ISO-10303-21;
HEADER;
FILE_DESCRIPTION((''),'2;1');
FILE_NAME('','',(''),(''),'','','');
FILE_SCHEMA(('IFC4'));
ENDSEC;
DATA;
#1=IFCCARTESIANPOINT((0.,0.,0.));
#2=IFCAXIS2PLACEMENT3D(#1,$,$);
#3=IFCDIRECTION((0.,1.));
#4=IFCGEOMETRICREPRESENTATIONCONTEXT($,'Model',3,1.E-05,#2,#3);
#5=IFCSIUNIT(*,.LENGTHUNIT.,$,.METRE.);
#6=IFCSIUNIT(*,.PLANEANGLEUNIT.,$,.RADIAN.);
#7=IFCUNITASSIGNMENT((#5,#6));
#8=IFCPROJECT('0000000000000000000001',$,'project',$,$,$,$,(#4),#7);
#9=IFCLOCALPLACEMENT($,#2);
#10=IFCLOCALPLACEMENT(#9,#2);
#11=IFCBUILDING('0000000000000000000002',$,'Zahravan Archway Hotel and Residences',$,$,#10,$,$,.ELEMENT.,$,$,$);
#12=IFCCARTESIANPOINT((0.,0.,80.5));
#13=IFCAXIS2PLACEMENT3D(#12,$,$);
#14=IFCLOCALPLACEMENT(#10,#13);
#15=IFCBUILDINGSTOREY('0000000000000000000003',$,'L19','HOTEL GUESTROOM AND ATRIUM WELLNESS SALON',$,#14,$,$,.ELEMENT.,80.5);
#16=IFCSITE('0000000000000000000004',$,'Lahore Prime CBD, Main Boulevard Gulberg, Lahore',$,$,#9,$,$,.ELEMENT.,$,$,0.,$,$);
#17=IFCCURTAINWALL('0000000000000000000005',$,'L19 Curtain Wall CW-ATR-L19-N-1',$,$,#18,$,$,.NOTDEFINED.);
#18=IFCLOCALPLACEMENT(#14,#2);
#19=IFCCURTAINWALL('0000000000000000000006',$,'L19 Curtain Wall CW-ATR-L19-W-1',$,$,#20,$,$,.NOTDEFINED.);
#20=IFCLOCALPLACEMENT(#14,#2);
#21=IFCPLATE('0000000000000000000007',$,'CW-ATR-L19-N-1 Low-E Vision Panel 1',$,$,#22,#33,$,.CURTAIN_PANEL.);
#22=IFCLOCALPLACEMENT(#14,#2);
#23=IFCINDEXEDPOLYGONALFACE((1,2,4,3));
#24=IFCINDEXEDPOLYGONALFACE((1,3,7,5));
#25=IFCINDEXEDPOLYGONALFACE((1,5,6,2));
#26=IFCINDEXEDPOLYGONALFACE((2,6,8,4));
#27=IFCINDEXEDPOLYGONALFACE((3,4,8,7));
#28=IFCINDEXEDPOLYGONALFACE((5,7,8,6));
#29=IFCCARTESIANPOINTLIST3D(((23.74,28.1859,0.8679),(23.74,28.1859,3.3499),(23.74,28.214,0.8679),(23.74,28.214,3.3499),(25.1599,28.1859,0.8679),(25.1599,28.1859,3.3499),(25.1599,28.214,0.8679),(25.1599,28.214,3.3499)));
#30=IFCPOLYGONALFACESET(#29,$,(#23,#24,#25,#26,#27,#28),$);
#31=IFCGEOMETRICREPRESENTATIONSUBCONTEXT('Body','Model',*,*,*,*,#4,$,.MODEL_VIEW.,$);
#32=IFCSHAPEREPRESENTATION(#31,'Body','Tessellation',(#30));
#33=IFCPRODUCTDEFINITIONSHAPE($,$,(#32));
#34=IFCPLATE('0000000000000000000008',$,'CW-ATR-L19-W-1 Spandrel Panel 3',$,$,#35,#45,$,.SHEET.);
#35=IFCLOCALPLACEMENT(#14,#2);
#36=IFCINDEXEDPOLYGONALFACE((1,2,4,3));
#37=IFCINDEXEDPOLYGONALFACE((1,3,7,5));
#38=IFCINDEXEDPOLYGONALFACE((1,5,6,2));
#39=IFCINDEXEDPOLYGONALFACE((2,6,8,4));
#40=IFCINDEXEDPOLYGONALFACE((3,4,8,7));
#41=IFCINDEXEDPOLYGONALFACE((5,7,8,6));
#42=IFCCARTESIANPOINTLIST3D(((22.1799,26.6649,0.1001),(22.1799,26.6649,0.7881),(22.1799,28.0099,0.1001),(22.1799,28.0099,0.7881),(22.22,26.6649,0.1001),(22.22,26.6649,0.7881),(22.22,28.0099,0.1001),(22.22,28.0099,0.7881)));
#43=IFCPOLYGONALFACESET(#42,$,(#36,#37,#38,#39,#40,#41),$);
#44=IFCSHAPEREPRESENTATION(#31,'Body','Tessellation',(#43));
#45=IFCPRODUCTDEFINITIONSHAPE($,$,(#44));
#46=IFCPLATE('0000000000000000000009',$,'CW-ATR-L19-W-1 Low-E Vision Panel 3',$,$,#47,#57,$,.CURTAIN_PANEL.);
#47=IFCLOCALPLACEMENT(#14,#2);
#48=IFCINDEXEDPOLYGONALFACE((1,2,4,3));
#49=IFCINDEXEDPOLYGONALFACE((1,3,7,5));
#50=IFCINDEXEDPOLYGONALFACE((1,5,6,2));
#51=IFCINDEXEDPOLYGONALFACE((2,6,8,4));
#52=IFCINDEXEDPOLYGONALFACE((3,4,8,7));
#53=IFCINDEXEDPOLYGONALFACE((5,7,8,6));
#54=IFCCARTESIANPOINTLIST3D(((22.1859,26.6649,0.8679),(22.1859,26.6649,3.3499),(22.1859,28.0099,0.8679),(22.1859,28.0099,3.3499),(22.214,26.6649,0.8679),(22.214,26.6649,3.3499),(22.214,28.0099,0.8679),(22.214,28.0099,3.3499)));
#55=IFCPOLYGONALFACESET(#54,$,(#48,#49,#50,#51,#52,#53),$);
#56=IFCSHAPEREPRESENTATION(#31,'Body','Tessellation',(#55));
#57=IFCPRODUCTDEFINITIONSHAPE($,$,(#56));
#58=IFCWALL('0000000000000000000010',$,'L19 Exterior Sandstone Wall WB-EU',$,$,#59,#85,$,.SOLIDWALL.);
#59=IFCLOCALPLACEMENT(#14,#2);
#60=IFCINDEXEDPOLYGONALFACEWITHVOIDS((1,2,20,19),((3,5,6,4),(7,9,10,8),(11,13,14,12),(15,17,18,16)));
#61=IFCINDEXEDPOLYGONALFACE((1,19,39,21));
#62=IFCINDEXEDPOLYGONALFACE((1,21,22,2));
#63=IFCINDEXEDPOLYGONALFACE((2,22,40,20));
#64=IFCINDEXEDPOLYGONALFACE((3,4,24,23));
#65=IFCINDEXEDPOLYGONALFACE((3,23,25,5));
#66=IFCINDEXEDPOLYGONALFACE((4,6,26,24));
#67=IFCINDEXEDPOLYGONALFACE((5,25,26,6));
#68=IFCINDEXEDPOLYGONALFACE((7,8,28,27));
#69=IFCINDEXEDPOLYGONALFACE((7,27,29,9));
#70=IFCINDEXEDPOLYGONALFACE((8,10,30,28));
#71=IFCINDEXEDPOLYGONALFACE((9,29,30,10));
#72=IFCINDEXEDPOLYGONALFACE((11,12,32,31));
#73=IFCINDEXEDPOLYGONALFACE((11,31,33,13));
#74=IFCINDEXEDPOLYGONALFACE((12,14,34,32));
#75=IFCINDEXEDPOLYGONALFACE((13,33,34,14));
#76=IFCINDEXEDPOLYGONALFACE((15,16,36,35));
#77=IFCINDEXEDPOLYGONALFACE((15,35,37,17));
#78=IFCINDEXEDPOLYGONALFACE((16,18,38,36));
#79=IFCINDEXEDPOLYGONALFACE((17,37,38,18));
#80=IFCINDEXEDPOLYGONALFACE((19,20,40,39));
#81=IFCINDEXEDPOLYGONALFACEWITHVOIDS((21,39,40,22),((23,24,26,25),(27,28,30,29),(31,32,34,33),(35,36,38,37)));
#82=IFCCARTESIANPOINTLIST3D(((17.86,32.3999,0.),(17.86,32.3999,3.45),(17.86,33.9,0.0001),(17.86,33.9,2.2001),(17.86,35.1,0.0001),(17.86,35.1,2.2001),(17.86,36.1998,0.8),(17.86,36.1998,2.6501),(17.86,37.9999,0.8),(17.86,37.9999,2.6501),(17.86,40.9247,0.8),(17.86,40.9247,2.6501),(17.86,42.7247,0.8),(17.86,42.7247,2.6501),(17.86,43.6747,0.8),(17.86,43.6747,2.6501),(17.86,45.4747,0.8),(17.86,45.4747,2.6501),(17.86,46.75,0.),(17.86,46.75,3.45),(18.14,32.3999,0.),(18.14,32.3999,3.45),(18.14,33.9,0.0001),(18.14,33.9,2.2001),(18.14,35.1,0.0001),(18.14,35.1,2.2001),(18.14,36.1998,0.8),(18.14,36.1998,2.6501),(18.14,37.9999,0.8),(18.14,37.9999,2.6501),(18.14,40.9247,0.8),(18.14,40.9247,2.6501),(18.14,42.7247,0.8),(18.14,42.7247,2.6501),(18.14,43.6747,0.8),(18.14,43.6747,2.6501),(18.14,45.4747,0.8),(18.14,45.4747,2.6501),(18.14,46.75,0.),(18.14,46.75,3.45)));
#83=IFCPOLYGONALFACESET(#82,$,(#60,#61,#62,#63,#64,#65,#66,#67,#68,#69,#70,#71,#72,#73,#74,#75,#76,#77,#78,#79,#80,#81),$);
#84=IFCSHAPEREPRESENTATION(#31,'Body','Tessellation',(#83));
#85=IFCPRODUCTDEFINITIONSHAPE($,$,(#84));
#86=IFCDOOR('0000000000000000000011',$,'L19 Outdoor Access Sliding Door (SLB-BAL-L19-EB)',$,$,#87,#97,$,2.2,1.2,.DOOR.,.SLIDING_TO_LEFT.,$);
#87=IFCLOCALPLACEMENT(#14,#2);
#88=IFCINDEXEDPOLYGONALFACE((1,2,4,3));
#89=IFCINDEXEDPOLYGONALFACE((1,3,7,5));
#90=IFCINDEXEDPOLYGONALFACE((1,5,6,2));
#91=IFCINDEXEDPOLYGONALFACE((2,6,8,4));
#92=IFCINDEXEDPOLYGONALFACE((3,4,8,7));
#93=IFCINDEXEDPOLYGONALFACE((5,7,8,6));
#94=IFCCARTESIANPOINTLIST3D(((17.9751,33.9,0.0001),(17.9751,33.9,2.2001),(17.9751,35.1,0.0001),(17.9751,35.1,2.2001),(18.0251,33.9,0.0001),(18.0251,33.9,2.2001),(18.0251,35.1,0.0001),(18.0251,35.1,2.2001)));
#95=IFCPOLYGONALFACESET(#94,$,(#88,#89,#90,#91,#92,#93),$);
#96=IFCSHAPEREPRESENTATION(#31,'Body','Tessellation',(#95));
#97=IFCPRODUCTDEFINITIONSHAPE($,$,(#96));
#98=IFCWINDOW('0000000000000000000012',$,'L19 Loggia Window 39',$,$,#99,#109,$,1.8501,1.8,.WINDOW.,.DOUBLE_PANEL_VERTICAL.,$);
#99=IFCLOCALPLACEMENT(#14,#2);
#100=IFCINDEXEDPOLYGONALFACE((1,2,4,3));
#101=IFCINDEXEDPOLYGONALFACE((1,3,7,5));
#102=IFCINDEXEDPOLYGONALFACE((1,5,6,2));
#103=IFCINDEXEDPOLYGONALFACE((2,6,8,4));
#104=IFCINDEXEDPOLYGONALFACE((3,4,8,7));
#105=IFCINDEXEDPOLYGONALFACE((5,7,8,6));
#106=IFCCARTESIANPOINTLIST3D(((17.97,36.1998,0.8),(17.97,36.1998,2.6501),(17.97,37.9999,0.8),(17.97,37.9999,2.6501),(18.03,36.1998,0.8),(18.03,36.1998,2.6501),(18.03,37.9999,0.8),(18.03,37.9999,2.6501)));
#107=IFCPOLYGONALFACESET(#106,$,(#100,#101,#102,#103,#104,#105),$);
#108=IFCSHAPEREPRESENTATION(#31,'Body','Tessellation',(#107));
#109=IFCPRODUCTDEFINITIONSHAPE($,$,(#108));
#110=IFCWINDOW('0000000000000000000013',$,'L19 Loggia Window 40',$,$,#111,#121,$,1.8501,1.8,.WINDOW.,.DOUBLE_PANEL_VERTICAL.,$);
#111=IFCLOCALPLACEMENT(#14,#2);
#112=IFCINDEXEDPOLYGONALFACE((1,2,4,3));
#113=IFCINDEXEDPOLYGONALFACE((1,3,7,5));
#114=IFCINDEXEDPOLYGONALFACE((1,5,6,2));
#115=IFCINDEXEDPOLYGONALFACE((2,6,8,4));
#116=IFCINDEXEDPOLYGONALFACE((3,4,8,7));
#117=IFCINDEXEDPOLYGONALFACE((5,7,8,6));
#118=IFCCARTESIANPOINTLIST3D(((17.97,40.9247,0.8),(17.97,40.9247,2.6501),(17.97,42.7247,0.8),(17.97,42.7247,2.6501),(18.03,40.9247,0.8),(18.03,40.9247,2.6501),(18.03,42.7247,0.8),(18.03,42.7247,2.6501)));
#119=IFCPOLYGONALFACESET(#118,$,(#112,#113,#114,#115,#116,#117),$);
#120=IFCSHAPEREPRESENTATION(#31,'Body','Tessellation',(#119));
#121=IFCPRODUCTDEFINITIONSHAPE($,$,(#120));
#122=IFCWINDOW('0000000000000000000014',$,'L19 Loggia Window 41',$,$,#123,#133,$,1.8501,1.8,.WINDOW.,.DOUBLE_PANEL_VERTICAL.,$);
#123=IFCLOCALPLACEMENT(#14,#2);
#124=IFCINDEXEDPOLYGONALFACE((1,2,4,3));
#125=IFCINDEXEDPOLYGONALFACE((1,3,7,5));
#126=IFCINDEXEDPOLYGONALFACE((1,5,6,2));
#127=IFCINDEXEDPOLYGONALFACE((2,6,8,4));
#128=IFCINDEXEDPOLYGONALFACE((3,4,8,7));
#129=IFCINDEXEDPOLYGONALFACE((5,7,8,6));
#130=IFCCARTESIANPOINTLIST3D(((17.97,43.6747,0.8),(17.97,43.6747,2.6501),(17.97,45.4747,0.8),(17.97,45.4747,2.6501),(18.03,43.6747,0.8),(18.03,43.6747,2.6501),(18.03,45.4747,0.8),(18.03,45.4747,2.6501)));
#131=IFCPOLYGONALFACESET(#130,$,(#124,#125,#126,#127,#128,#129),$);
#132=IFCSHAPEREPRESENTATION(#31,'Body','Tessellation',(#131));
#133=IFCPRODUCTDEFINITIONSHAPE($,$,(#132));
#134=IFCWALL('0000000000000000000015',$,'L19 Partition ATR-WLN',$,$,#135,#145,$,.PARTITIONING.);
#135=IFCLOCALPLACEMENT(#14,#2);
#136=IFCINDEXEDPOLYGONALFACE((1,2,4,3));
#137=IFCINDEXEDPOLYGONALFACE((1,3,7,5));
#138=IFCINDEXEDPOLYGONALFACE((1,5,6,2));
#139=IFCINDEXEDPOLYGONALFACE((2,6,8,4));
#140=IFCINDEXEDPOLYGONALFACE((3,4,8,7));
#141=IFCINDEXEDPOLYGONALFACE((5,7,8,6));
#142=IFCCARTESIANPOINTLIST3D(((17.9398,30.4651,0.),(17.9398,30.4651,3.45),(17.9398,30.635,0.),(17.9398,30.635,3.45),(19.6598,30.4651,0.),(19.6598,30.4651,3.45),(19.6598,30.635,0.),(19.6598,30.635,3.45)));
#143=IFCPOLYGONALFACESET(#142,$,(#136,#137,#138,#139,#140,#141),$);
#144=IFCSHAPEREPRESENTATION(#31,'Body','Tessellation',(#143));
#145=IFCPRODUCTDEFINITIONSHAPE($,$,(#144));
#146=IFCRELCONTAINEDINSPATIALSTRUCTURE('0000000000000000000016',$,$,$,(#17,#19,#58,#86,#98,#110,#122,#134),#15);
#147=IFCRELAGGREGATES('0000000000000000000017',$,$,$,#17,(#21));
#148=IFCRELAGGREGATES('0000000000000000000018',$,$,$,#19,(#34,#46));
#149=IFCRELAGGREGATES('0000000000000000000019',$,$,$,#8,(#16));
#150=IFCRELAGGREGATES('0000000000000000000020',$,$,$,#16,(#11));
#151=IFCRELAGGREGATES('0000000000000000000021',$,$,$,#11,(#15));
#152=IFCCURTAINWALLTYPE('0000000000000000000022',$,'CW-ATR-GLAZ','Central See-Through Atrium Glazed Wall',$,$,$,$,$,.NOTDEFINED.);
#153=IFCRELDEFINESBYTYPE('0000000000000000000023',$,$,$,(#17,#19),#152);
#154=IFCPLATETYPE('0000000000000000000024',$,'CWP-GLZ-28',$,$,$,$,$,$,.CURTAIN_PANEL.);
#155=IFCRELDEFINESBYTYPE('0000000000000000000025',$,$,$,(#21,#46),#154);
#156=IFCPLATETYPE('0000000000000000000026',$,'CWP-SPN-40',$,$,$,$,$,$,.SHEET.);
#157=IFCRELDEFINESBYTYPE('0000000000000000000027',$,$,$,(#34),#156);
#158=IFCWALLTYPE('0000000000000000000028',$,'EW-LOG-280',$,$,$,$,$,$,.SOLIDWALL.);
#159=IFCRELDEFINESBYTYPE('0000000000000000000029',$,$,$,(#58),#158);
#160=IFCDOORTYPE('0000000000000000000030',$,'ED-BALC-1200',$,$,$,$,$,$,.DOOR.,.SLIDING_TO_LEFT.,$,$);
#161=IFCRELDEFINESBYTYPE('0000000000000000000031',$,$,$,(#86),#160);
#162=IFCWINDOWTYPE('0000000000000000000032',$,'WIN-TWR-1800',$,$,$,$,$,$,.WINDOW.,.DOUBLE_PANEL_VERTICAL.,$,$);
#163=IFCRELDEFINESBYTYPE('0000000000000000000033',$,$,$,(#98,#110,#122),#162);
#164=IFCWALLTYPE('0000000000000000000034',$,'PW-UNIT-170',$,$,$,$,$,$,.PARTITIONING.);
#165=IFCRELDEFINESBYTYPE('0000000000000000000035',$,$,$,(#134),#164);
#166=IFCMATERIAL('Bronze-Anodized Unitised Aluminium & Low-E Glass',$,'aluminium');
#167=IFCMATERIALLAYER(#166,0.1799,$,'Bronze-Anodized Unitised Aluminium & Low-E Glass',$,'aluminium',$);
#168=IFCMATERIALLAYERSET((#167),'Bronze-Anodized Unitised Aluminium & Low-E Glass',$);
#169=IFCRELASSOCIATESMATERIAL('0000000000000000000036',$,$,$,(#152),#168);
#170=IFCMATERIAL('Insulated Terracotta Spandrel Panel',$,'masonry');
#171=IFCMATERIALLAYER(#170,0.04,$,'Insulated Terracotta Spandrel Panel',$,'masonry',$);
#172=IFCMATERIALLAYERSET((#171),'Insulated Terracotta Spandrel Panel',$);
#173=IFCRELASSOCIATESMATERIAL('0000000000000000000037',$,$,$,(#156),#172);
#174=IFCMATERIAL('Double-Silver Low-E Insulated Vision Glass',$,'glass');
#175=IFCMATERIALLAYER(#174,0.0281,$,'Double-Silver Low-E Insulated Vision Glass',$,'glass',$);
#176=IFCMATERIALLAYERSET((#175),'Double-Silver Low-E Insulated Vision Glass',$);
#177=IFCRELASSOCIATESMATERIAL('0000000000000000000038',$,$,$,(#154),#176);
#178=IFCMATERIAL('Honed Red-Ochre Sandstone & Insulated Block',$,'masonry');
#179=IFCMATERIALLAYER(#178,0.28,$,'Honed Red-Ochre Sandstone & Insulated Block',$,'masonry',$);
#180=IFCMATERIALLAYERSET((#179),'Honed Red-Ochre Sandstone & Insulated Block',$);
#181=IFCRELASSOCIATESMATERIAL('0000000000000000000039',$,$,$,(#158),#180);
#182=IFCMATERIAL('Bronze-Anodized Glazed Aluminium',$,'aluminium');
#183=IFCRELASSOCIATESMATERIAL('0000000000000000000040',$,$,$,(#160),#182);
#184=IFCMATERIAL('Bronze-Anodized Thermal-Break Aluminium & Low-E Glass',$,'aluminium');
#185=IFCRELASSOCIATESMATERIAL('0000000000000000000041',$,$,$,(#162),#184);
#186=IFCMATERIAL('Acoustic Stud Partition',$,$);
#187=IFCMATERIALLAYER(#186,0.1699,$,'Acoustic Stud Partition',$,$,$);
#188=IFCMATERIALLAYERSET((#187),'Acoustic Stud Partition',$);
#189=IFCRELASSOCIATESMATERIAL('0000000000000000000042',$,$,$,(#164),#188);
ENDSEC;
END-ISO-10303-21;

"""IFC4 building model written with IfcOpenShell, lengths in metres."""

from ifc_helpers import new_model, si_unit, direction, frame, frame_2d, origin, origin_2d, place, context, subcontext, project, spatial, rectangle, extrude, source, transform, mapped, material, layer, layer_set, type_object, type_shapes, element, fill, aggregate, save


model = new_model("IFC4")

# Units and contexts
model_context = context("Model", 3, precision=1e-05, world=origin(), true_north=direction((0.0, 1.0)))
body_context = subcontext(model_context, "Body", "Model", "MODEL_VIEW")
ifc_project = project(units=[si_unit("LENGTHUNIT", "METRE"), si_unit("PLANEANGLEUNIT", "RADIAN")], contexts=[model_context])

# Site, building, storey
site_placement = place(None, origin())
site = spatial("IfcSite", under=ifc_project, at=site_placement, Name="Lahore Prime CBD, Main Boulevard Gulberg, Lahore", CompositionType="ELEMENT", RefElevation=0.0)
building_placement = place(site_placement, origin())
building = spatial("IfcBuilding", under=site, at=building_placement, Name="Zahravan Archway Hotel and Residences", CompositionType="ELEMENT")
storey_placement = place(building_placement, frame((0.0, 0.0, 80.5)))
storey = spatial("IfcBuildingStorey", under=building, at=storey_placement, Name="L19", Description="HOTEL GUESTROOM AND ATRIUM WELLNESS SALON", CompositionType="ELEMENT", Elevation=80.5)

# Curtain walls
ifc_material_1 = material(Name="Bronze-Anodized Unitised Aluminium & Low-E Glass", Category="aluminium")
ifc_layer_1 = layer(ifc_material_1, 0.1799, Name="Bronze-Anodized Unitised Aluminium & Low-E Glass", Category="aluminium")
ifc_layer_set_1 = layer_set([ifc_layer_1], Name="Bronze-Anodized Unitised Aluminium & Low-E Glass")
curtain_wall_type = type_object("IfcCurtainWallType", Name="CW-ATR-GLAZ", Description="Central See-Through Atrium Glazed Wall", PredefinedType="NOTDEFINED", material=ifc_layer_set_1)
curtain_wall_1_placement = place(storey_placement, origin())
curtain_wall_1 = element("IfcCurtainWall", 1, at=curtain_wall_1_placement, inside=storey, type_object=curtain_wall_type, Name="L19 Curtain Wall CW-ATR-L19-N-1", PredefinedType="NOTDEFINED")
curtain_wall_2_placement = place(storey_placement, origin())
curtain_wall_2 = element("IfcCurtainWall", 2, at=curtain_wall_2_placement, inside=storey, type_object=curtain_wall_type, Name="L19 Curtain Wall CW-ATR-L19-W-1", PredefinedType="NOTDEFINED")

# Plates
ifc_material_2 = material(Name="Insulated Terracotta Spandrel Panel", Category="masonry")
ifc_layer_2 = layer(ifc_material_2, 0.04, Name="Insulated Terracotta Spandrel Panel", Category="masonry")
ifc_layer_set_2 = layer_set([ifc_layer_2], Name="Insulated Terracotta Spandrel Panel")
plate_type_1 = type_object("IfcPlateType", Name="CWP-SPN-40", PredefinedType="SHEET", material=ifc_layer_set_2)
ifc_material_3 = material(Name="Double-Silver Low-E Insulated Vision Glass", Category="glass")
ifc_layer_3 = layer(ifc_material_3, 0.0281, Name="Double-Silver Low-E Insulated Vision Glass", Category="glass")
ifc_layer_set_3 = layer_set([ifc_layer_3], Name="Double-Silver Low-E Insulated Vision Glass")
plate_type_2 = type_object("IfcPlateType", Name="CWP-GLZ-28", PredefinedType="CURTAIN_PANEL", material=ifc_layer_set_3)
shared_shape_1 = source(origin(), body_context, "Body", "SweptSolid", [
    extrude(rectangle(XDim=1.4199, YDim=0.0281, at=origin_2d()), origin(), (0.0, 0.0, 1.0), 2.4819),
])
plate_1_placement = place(storey_placement, frame((24.45, 28.2, 0.8679), z_axis=(0.0, 0.0, 1.0), x_axis=(1.0, 0.0, 0.0)))
plate_1 = element("IfcPlate", 3, at=plate_1_placement, type_object=plate_type_2, Name="CW-ATR-L19-N-1 Low-E Vision Panel 1", PredefinedType="CURTAIN_PANEL", context=body_context, shape_type="MappedRepresentation", body=[
    mapped(shared_shape_1, transform((0.0, 0.0, 0.0), scale=1.0)),
])
aggregate(curtain_wall_1, [plate_1])
shared_shape_2 = source(origin(), body_context, "Body", "SweptSolid", [
    extrude(rectangle(XDim=1.345, YDim=0.04, at=origin_2d()), origin(), (0.0, 0.0, 1.0), 0.688),
])
plate_2_placement = place(storey_placement, frame((22.2, 27.3374, 0.1001), z_axis=(0.0, 0.0, 1.0), x_axis=(0.0, 1.0, 0.0)))
plate_2 = element("IfcPlate", 4, at=plate_2_placement, type_object=plate_type_1, Name="CW-ATR-L19-W-1 Spandrel Panel 3", PredefinedType="SHEET", context=body_context, shape_type="MappedRepresentation", body=[
    mapped(shared_shape_2, transform((0.0, 0.0, 0.0), scale=1.0)),
])
shared_shape_3 = source(origin(), body_context, "Body", "SweptSolid", [
    extrude(rectangle(XDim=1.345, YDim=0.0281, at=origin_2d()), origin(), (0.0, 0.0, 1.0), 2.4819),
])
plate_3_placement = place(storey_placement, frame((22.2, 27.3374, 0.8679), z_axis=(0.0, 0.0, 1.0), x_axis=(0.0, 1.0, 0.0)))
plate_3 = element("IfcPlate", 5, at=plate_3_placement, type_object=plate_type_2, Name="CW-ATR-L19-W-1 Low-E Vision Panel 3", PredefinedType="CURTAIN_PANEL", context=body_context, shape_type="MappedRepresentation", body=[
    mapped(shared_shape_3, transform((0.0, 0.0, 0.0), scale=1.0)),
])
aggregate(curtain_wall_2, [plate_2, plate_3])

# Wall, openings, door, windows
ifc_material_4 = material(Name="Honed Red-Ochre Sandstone & Insulated Block", Category="masonry")
ifc_layer_4 = layer(ifc_material_4, 0.28, Name="Honed Red-Ochre Sandstone & Insulated Block", Category="masonry")
ifc_layer_set_4 = layer_set([ifc_layer_4], Name="Honed Red-Ochre Sandstone & Insulated Block")
wall_type_1 = type_object("IfcWallType", Name="EW-LOG-280", PredefinedType="SOLIDWALL", material=ifc_layer_set_4)
wall_1_placement = place(storey_placement, frame((18.0, 32.3999, 0.0), z_axis=(0.0, 0.0, 1.0), x_axis=(0.0, 1.0, 0.0)))
wall_1 = element("IfcWall", 6, at=wall_1_placement, inside=storey, type_object=wall_type_1, Name="L19 Exterior Sandstone Wall WB-EU", PredefinedType="SOLIDWALL", context=body_context, shape_type="SweptSolid", body=[
    extrude(rectangle(XDim=14.3501, YDim=0.28, at=frame_2d((7.175, 0.0))), origin(), (0.0, 0.0, 1.0), 3.45),
])
opening_1_placement = place(wall_1_placement, frame((1.5, 0.0, 0.0)))
opening_1 = element("IfcOpeningElement", 7, at=opening_1_placement, cuts=wall_1, PredefinedType="OPENING", context=body_context, shape_type="SweptSolid", body=[
    extrude(rectangle(XDim=1.2, YDim=2.2, at=frame_2d((0.6001, 1.1001))), frame((0.0, 0.1499, 0.0), z_axis=(0.0, -1.0, 0.0), x_axis=(1.0, 0.0, 0.0)), (0.0, 0.0, 1.0), 0.3),
])
opening_2_placement = place(wall_1_placement, frame((3.8, 0.0, 0.8)))
opening_2 = element("IfcOpeningElement", 8, at=opening_2_placement, cuts=wall_1, PredefinedType="OPENING", context=body_context, shape_type="SweptSolid", body=[
    extrude(rectangle(XDim=1.8, YDim=1.8501, at=frame_2d((0.8999, 0.925))), frame((0.0, 0.1499, 0.0), z_axis=(0.0, -1.0, 0.0), x_axis=(1.0, 0.0, 0.0)), (0.0, 0.0, 1.0), 0.3),
])
opening_3_placement = place(wall_1_placement, frame((8.5249, 0.0, 0.8)))
opening_3 = element("IfcOpeningElement", 9, at=opening_3_placement, cuts=wall_1, PredefinedType="OPENING", context=body_context, shape_type="SweptSolid", body=[
    extrude(rectangle(XDim=1.8, YDim=1.8501, at=frame_2d((0.8999, 0.925))), frame((0.0, 0.1499, 0.0), z_axis=(0.0, -1.0, 0.0), x_axis=(1.0, 0.0, 0.0)), (0.0, 0.0, 1.0), 0.3),
])
opening_4_placement = place(wall_1_placement, frame((11.2749, 0.0, 0.8)))
opening_4 = element("IfcOpeningElement", 10, at=opening_4_placement, cuts=wall_1, PredefinedType="OPENING", context=body_context, shape_type="SweptSolid", body=[
    extrude(rectangle(XDim=1.8, YDim=1.8501, at=frame_2d((0.8999, 0.925))), frame((0.0, 0.1499, 0.0), z_axis=(0.0, -1.0, 0.0), x_axis=(1.0, 0.0, 0.0)), (0.0, 0.0, 1.0), 0.3),
])
ifc_material_5 = material(Name="Bronze-Anodized Glazed Aluminium", Category="aluminium")
door_type = type_object("IfcDoorType", Name="ED-BALC-1200", OperationType="SLIDING_TO_LEFT", PredefinedType="DOOR", material=ifc_material_5)
shared_shape_4 = source(origin(), body_context, "Body", "SweptSolid", [
    extrude(rectangle(XDim=1.2, YDim=2.2, at=frame_2d((0.6001, 1.1001))), frame((0.0, 0.0249, 0.0), z_axis=(0.0, -1.0, 0.0), x_axis=(1.0, 0.0, 0.0)), (0.0, 0.0, 1.0), 0.05),
])
type_shapes(door_type, [shared_shape_4])
door_placement = place(opening_1_placement, origin())
door = element("IfcDoor", 11, at=door_placement, inside=storey, type_object=door_type, Name="L19 Outdoor Access Sliding Door (SLB-BAL-L19-EB)", OperationType="SLIDING_TO_LEFT", OverallHeight=2.2, OverallWidth=1.2, PredefinedType="DOOR", context=body_context, shape_type="MappedRepresentation", body=[
    mapped(shared_shape_4, transform((0.0, 0.0, 0.0), scale=1.0)),
])
fill(opening_1, door)
ifc_material_6 = material(Name="Bronze-Anodized Thermal-Break Aluminium & Low-E Glass", Category="aluminium")
window_type = type_object("IfcWindowType", Name="WIN-TWR-1800", PartitioningType="DOUBLE_PANEL_VERTICAL", PredefinedType="WINDOW", material=ifc_material_6)
shared_shape_5 = source(origin(), body_context, "Body", "SweptSolid", [
    extrude(rectangle(XDim=1.8, YDim=1.8501, at=frame_2d((0.8999, 0.925))), frame((0.0, 0.03, 0.0), z_axis=(0.0, -1.0, 0.0), x_axis=(1.0, 0.0, 0.0)), (0.0, 0.0, 1.0), 0.0601),
])
type_shapes(window_type, [shared_shape_5])
window_1_placement = place(opening_2_placement, origin())
window_1 = element("IfcWindow", 12, at=window_1_placement, inside=storey, type_object=window_type, Name="L19 Loggia Window 39", OverallHeight=1.8501, OverallWidth=1.8, PartitioningType="DOUBLE_PANEL_VERTICAL", PredefinedType="WINDOW", context=body_context, shape_type="MappedRepresentation", body=[
    mapped(shared_shape_5, transform((0.0, 0.0, 0.0), scale=1.0)),
])
fill(opening_2, window_1)
window_2_placement = place(opening_3_placement, origin())
window_2 = element("IfcWindow", 13, at=window_2_placement, inside=storey, type_object=window_type, Name="L19 Loggia Window 40", OverallHeight=1.8501, OverallWidth=1.8, PartitioningType="DOUBLE_PANEL_VERTICAL", PredefinedType="WINDOW", context=body_context, shape_type="MappedRepresentation", body=[
    mapped(shared_shape_5, transform((0.0, 0.0, 0.0), scale=1.0)),
])
fill(opening_3, window_2)
window_3_placement = place(opening_4_placement, origin())
window_3 = element("IfcWindow", 14, at=window_3_placement, inside=storey, type_object=window_type, Name="L19 Loggia Window 41", OverallHeight=1.8501, OverallWidth=1.8, PartitioningType="DOUBLE_PANEL_VERTICAL", PredefinedType="WINDOW", context=body_context, shape_type="MappedRepresentation", body=[
    mapped(shared_shape_5, transform((0.0, 0.0, 0.0), scale=1.0)),
])
fill(opening_4, window_3)

# Wall
ifc_material_7 = material(Name="Acoustic Stud Partition")
ifc_layer_5 = layer(ifc_material_7, 0.1699, Name="Acoustic Stud Partition")
ifc_layer_set_5 = layer_set([ifc_layer_5], Name="Acoustic Stud Partition")
wall_type_2 = type_object("IfcWallType", Name="PW-UNIT-170", PredefinedType="PARTITIONING", material=ifc_layer_set_5)
wall_2_placement = place(storey_placement, frame((17.9399, 30.55, 0.0), z_axis=(0.0, 0.0, 1.0), x_axis=(1.0, 0.0, 0.0)))
element("IfcWall", 15, at=wall_2_placement, inside=storey, type_object=wall_type_2, Name="L19 Partition ATR-WLN", PredefinedType="PARTITIONING", context=body_context, shape_type="SweptSolid", body=[
    extrude(rectangle(XDim=1.72, YDim=0.1699, at=frame_2d((0.8599, 0.0))), origin(), (0.0, 0.0, 1.0), 3.45),
])

save(model, "model.ifc")
